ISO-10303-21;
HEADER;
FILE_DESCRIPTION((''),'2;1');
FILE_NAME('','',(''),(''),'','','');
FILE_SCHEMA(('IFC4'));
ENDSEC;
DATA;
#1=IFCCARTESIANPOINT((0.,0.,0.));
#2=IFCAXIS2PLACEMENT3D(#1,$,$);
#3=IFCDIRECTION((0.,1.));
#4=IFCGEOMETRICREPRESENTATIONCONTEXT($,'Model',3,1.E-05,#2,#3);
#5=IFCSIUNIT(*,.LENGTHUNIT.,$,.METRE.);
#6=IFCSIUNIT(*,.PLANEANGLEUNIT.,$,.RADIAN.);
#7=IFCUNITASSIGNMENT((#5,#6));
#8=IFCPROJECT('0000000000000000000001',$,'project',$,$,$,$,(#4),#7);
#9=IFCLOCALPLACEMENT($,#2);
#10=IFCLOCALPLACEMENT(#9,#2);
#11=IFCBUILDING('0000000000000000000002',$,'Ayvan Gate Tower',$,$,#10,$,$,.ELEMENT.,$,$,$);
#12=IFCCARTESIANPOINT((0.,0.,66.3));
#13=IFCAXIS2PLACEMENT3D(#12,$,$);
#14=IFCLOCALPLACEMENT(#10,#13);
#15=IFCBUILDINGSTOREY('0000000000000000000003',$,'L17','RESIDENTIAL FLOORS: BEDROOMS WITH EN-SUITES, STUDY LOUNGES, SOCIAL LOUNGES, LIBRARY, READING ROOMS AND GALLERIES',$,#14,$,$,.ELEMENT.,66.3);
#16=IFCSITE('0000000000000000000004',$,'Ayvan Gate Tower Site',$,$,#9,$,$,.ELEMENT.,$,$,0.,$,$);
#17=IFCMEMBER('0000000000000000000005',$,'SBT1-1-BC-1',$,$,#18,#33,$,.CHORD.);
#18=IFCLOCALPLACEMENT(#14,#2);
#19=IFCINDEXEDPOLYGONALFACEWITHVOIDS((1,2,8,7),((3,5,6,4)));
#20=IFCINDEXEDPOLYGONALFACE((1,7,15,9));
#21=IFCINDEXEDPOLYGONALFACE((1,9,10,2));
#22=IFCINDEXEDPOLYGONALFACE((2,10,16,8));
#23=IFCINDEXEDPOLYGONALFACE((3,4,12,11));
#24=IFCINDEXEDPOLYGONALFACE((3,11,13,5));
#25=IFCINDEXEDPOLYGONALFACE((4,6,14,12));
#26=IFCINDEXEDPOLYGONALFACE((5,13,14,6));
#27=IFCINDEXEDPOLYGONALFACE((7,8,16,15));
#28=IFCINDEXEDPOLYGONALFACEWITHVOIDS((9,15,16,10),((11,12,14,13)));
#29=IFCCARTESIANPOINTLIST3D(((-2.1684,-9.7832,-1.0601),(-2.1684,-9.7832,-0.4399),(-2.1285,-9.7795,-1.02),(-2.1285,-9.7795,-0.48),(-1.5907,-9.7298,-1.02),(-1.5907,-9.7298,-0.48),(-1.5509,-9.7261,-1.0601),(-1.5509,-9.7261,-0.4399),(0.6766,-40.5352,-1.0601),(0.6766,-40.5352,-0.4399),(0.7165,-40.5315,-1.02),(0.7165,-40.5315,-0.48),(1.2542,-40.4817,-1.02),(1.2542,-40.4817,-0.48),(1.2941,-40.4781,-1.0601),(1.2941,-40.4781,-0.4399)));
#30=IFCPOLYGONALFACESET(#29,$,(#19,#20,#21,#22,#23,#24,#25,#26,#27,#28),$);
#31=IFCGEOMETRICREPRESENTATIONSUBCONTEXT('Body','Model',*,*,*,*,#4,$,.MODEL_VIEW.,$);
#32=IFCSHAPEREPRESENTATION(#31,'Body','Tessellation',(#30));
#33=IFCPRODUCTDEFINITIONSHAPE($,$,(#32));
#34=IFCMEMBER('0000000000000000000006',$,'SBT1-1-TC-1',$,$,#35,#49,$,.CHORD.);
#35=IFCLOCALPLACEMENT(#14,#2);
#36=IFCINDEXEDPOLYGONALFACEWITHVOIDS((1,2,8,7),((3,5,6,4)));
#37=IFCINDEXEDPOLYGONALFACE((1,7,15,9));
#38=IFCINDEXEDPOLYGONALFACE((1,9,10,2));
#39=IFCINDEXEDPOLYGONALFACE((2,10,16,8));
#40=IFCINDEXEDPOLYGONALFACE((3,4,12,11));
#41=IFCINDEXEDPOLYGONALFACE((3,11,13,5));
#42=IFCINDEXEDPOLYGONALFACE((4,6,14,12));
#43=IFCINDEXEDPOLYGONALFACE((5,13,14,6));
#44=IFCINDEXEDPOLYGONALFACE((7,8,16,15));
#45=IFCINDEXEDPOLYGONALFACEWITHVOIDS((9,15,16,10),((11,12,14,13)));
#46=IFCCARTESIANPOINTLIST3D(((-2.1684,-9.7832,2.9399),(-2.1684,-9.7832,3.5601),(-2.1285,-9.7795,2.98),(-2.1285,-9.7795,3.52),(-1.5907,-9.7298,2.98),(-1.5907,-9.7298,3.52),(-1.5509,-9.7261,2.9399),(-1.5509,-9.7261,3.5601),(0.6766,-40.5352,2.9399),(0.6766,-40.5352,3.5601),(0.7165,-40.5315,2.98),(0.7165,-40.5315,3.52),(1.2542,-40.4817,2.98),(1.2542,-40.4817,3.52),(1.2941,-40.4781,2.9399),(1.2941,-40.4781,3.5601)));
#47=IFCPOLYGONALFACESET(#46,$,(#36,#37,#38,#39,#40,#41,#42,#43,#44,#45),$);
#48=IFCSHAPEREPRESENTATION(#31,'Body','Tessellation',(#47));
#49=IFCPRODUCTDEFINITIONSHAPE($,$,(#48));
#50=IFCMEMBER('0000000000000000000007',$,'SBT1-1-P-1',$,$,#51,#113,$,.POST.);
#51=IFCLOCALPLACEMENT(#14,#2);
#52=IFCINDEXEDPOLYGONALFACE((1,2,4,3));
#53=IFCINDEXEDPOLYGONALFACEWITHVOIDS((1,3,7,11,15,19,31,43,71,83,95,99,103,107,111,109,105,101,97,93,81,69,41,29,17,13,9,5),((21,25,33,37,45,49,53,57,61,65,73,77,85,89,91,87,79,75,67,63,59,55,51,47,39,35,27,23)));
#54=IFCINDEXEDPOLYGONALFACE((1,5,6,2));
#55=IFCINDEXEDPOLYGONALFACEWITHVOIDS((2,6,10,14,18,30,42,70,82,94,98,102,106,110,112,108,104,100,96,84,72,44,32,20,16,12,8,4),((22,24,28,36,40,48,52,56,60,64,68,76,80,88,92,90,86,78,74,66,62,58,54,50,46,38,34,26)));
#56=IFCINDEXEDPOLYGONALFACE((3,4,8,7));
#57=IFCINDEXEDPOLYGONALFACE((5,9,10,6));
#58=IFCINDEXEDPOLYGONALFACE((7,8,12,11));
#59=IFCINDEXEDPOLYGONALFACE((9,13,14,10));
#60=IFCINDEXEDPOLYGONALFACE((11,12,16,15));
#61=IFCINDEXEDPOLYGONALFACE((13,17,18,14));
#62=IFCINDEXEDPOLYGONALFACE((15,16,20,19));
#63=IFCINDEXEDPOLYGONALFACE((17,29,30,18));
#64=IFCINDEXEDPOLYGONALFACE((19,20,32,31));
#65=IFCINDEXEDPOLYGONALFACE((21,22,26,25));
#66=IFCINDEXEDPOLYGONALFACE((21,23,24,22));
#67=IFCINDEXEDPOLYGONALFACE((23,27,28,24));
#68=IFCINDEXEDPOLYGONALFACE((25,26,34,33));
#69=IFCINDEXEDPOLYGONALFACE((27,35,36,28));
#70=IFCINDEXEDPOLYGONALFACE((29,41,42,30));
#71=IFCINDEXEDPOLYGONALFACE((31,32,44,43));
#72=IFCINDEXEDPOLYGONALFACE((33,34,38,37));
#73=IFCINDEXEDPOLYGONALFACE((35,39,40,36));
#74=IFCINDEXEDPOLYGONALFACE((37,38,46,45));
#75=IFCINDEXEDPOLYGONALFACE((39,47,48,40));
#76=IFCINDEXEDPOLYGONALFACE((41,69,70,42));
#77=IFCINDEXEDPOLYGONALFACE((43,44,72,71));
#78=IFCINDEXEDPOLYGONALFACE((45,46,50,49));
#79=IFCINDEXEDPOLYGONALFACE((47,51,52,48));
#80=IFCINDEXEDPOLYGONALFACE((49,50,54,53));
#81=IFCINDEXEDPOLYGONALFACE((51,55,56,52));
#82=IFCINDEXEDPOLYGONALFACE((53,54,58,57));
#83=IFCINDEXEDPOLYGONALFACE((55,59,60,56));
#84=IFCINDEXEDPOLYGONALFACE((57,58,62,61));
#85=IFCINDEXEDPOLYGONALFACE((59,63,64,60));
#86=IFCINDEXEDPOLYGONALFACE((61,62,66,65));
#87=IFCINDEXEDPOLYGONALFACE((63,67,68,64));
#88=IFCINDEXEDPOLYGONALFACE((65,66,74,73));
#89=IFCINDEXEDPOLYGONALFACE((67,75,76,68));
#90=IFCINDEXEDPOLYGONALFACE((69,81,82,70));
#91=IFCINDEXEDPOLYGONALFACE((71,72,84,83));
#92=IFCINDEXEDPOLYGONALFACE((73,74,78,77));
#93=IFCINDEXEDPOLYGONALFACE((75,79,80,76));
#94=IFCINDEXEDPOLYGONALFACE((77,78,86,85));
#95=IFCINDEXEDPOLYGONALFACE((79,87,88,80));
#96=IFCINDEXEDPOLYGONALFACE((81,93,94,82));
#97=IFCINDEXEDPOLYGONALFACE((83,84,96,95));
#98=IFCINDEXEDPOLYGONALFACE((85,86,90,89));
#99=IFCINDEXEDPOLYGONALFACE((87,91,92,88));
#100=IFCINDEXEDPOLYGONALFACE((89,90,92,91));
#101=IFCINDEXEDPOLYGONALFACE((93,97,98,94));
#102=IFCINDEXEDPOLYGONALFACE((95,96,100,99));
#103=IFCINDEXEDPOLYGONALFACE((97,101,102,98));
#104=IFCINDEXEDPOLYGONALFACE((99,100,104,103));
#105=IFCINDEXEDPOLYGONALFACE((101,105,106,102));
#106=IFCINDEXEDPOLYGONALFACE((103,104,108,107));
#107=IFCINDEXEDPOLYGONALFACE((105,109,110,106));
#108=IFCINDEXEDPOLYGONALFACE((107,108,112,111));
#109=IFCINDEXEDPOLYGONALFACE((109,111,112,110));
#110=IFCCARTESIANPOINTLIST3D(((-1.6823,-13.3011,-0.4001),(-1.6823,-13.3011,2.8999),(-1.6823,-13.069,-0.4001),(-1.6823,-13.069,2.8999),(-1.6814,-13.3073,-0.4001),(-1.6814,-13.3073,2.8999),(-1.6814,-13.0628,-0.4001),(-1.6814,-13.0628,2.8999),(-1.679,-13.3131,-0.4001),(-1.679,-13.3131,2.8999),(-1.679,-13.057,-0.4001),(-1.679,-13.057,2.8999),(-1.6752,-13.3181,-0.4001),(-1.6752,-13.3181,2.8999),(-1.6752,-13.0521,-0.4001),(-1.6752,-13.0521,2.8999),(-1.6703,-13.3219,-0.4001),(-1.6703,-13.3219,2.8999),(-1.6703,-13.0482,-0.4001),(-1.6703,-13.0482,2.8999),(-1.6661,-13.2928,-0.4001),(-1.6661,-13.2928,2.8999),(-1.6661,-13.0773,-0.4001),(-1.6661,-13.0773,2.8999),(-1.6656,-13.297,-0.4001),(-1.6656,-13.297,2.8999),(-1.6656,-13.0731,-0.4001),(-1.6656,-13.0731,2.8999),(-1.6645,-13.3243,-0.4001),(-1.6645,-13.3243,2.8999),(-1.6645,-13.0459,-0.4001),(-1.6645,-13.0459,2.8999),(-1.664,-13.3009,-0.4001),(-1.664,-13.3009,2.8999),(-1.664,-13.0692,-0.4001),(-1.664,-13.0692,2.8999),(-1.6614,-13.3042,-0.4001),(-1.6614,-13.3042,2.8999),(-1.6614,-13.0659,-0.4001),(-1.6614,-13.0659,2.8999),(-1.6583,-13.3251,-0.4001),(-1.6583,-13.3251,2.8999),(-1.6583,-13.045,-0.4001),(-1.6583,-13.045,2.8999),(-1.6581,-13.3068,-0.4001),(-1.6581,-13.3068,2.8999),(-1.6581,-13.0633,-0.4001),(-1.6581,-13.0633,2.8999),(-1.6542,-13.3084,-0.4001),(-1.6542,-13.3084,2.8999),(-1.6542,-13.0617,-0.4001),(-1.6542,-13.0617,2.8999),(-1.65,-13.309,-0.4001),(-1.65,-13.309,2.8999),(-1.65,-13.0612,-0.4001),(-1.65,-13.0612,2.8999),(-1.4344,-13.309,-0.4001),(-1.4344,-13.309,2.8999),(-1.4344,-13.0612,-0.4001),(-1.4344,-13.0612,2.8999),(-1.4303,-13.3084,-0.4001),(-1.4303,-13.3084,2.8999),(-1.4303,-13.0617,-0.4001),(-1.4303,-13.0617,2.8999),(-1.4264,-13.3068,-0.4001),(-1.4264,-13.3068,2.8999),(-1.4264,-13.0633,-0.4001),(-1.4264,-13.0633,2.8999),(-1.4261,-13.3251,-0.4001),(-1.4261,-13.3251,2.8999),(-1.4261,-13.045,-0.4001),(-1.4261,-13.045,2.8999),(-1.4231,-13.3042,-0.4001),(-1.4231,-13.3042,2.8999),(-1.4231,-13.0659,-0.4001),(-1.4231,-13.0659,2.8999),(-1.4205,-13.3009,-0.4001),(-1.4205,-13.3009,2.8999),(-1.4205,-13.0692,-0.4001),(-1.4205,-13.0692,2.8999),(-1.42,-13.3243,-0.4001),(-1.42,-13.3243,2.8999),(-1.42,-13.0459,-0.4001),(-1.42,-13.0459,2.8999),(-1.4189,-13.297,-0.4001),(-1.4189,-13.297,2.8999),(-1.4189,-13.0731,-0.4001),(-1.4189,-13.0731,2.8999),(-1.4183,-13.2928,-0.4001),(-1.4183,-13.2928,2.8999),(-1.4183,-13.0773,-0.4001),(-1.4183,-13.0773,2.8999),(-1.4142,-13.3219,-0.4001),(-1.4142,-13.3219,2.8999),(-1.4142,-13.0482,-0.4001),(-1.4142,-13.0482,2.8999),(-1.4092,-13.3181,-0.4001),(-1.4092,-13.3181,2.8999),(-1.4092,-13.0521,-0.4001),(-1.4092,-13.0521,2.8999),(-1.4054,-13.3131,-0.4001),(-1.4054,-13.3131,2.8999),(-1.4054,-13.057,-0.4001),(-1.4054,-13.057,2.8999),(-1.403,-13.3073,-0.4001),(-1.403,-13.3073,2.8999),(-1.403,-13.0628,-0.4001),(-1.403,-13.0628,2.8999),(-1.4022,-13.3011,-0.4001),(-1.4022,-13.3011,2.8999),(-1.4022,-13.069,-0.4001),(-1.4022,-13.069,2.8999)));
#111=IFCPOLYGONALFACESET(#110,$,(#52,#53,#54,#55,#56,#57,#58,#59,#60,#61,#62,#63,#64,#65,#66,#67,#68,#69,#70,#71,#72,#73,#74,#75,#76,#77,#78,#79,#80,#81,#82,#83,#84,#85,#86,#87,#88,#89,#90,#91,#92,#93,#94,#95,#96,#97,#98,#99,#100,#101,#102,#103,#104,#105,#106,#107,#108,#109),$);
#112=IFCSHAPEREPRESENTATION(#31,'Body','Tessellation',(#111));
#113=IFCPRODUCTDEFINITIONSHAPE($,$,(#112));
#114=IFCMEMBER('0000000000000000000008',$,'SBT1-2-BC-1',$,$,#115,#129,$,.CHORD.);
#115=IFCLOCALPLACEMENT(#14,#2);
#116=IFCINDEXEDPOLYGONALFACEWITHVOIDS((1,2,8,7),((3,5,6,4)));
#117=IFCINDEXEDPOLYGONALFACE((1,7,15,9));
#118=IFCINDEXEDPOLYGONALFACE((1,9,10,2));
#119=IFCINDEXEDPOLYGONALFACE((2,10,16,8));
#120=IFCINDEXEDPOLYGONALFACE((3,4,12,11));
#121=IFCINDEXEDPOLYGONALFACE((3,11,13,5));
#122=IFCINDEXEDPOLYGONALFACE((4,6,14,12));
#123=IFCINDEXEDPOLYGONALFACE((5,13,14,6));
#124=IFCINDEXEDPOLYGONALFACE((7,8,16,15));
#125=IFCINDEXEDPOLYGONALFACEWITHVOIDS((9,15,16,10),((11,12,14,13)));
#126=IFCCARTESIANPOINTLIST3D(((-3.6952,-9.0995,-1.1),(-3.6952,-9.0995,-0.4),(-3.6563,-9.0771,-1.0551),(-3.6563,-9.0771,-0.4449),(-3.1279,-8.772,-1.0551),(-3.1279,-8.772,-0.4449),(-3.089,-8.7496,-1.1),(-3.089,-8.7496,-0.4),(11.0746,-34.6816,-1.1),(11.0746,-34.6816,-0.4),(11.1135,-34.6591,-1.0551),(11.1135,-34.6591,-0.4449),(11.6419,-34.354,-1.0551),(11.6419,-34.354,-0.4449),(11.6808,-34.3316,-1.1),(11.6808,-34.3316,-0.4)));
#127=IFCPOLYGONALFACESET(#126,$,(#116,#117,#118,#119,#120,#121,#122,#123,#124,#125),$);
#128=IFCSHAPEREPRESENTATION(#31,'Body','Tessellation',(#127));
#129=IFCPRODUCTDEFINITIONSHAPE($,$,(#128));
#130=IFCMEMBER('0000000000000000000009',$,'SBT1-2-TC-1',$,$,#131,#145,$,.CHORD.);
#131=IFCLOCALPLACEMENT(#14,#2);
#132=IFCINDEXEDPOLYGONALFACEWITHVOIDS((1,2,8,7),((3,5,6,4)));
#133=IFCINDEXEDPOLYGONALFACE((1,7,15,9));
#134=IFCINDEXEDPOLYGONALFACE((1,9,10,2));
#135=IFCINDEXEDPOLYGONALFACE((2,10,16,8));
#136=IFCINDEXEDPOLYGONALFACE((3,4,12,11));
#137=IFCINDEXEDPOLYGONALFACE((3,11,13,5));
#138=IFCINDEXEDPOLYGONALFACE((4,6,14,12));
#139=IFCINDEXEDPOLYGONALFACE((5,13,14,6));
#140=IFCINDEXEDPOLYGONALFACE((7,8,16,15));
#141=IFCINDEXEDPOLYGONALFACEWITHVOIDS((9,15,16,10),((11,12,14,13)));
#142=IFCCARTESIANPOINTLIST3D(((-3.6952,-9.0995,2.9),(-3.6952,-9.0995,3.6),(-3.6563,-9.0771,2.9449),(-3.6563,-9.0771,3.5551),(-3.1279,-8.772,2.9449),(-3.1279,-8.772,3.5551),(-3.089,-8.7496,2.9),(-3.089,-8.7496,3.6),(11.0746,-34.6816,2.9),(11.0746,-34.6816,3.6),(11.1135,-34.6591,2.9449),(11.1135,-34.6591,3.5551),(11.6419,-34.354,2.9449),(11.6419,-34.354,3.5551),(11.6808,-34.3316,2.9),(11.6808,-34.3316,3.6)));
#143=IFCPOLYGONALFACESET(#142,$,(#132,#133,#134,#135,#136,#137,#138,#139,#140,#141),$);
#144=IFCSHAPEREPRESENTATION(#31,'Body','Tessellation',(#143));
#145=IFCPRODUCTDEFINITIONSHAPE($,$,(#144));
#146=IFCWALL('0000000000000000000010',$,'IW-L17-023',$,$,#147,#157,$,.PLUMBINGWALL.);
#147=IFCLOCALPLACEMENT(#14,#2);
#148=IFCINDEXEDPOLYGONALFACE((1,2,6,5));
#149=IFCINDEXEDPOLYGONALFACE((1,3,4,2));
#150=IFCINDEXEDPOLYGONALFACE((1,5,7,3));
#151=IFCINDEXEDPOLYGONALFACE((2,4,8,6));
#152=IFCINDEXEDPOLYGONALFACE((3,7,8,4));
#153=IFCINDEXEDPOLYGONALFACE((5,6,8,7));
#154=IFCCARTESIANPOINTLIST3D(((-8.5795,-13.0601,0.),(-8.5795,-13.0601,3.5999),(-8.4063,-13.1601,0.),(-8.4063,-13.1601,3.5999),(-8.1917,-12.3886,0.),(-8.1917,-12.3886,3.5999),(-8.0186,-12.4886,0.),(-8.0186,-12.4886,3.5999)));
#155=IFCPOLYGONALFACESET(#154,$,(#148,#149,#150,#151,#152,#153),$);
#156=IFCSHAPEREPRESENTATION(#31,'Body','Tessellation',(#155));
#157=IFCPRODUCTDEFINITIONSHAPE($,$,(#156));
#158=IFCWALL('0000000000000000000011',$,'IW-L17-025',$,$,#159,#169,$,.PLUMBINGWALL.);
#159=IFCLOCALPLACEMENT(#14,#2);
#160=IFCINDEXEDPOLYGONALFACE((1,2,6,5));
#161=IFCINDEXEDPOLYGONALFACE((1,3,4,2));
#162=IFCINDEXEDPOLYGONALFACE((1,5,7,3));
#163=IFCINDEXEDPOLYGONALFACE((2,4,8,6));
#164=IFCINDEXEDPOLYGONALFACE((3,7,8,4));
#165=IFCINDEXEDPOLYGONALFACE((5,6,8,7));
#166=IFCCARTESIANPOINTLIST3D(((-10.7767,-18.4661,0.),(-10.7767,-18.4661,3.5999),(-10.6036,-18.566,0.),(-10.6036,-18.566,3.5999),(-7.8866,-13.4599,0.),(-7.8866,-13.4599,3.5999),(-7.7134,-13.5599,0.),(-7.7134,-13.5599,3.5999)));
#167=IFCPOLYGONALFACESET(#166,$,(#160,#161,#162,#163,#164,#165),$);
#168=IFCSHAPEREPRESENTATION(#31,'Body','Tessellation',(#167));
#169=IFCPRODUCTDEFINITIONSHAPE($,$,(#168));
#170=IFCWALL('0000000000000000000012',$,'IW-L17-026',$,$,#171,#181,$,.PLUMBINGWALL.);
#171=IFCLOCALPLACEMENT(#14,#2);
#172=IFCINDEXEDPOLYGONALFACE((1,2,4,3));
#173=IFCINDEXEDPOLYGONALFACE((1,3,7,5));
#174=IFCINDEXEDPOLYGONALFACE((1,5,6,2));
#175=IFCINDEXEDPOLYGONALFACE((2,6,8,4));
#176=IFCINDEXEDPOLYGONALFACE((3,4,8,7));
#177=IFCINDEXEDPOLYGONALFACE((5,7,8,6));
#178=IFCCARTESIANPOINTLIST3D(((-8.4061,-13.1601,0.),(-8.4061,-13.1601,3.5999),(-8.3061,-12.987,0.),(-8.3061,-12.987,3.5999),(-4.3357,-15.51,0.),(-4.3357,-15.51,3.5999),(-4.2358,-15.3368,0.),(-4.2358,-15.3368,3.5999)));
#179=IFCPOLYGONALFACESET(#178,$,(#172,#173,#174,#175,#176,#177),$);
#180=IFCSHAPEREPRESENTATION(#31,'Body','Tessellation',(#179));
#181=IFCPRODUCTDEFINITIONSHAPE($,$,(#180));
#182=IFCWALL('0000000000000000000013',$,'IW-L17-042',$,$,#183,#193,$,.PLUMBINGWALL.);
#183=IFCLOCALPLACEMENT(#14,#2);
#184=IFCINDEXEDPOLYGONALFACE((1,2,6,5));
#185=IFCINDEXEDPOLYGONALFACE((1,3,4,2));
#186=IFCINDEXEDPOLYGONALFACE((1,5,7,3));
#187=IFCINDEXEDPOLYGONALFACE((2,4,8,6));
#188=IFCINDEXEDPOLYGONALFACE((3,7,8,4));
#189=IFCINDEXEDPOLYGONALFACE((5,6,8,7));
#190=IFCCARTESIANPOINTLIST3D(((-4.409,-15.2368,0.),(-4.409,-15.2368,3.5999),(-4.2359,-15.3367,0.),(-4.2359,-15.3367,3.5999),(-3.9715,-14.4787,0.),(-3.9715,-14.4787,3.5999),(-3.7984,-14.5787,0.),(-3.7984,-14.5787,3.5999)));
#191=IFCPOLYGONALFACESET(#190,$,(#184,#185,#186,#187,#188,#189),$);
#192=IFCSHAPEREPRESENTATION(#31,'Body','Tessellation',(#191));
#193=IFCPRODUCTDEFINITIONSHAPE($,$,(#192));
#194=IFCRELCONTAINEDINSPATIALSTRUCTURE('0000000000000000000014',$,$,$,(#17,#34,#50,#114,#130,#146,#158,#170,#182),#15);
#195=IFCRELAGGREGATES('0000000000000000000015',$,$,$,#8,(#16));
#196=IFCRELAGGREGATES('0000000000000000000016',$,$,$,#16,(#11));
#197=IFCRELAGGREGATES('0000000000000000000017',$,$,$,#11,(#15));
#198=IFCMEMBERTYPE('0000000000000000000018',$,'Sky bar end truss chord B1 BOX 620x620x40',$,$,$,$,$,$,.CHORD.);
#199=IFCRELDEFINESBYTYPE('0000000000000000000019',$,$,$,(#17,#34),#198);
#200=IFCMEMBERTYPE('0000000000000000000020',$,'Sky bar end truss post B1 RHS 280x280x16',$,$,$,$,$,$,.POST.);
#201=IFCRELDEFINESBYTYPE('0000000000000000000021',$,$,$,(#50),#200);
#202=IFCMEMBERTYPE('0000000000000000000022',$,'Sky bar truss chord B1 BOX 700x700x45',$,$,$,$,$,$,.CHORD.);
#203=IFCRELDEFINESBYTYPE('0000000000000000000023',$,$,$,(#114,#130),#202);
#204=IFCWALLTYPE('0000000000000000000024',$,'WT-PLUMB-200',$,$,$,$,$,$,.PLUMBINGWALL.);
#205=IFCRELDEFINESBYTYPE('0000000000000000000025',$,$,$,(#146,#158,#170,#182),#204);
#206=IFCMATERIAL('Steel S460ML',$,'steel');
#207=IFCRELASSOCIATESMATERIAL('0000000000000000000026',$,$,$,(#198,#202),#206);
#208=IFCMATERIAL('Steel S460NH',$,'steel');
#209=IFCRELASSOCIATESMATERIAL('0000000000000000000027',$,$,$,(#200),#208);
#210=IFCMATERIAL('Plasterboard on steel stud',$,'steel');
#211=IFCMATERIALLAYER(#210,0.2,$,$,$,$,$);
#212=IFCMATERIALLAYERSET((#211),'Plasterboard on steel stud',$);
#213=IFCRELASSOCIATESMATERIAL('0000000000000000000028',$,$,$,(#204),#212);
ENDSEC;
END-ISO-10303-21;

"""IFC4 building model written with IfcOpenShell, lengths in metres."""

from ifc_helpers import new_model, si_unit, direction, frame, frame_2d, origin, origin_2d, place, context, subcontext, project, spatial, rectangle, hollow_rectangle, extrude, material, layer, layer_set, material_profile, profile_set, type_object, element, save


model = new_model("IFC4")

# Units and contexts
model_context = context("Model", 3, precision=1e-05, world=origin(), true_north=direction((0.0, 1.0)))
body_context = subcontext(model_context, "Body", "Model", "MODEL_VIEW")
ifc_project = project(units=[si_unit("LENGTHUNIT", "METRE"), si_unit("PLANEANGLEUNIT", "RADIAN")], contexts=[model_context])

# Site, building, storey
site_placement = place(None, origin())
site = spatial("IfcSite", under=ifc_project, at=site_placement, Name="Ayvan Gate Tower Site", CompositionType="ELEMENT", RefElevation=0.0)
building_placement = place(site_placement, origin())
building = spatial("IfcBuilding", under=site, at=building_placement, Name="Ayvan Gate Tower", CompositionType="ELEMENT")
storey_placement = place(building_placement, frame((0.0, 0.0, 66.3)))
storey = spatial("IfcBuildingStorey", under=building, at=storey_placement, Name="L17", Description="RESIDENTIAL FLOORS: BEDROOMS WITH EN-SUITES, STUDY LOUNGES, SOCIAL LOUNGES, LIBRARY, READING ROOMS AND GALLERIES", CompositionType="ELEMENT", Elevation=66.3)

# Members
ifc_material_1 = material(Name="Steel S460ML", Category="steel")
ifc_material_profile_1 = material_profile(ifc_material_1, hollow_rectangle(XDim=0.6201, YDim=0.6201, WallThickness=0.04, at=origin_2d()), Name="BOX 620x620x40")
ifc_profile_set_1 = profile_set([ifc_material_profile_1], Name="Steel S460ML")
member_type_1 = type_object("IfcMemberType", Name="Sky bar end truss chord B1 BOX 620x620x40", PredefinedType="CHORD", material=ifc_profile_set_1)
for number, where, z_axis, x_axis, name in (
    (1, (-1.8596, -9.7546, -0.75), (0.09212, -0.995748, 0.0), (0.995748, 0.09212, 0.0), "SBT1-1-BC-1"),
    (2, (-1.8596, -9.7546, 3.25), (0.09212, -0.995748, 0.0), (0.995748, 0.09212, 0.0), "SBT1-1-TC-1"),
):
    element("IfcMember", number, at=place(storey_placement, frame(where, z_axis=z_axis, x_axis=x_axis)), inside=storey, type_object=member_type_1, Name=name, PredefinedType="CHORD", context=body_context, shape_type="SweptSolid", body=[
        extrude(hollow_rectangle(XDim=0.6201, YDim=0.6201, WallThickness=0.04, at=origin_2d()), origin(), (0.0, 0.0, 1.0), 30.8833),
    ])
ifc_material_2 = material(Name="Steel S460NH", Category="steel")
ifc_material_profile_2 = material_profile(ifc_material_2, hollow_rectangle(XDim=0.28, YDim=0.28, WallThickness=0.0161, InnerFilletRadius=0.0161, OuterFilletRadius=0.0239, at=origin_2d()), Name="RHS 280x280x16")
ifc_profile_set_2 = profile_set([ifc_material_profile_2], Name="Steel S460NH")
member_type_2 = type_object("IfcMemberType", Name="Sky bar end truss post B1 RHS 280x280x16", PredefinedType="POST", material=ifc_profile_set_2)
member_placement = place(storey_placement, frame((-1.5422, -13.1851, -0.4001), z_axis=(0.0, 0.0, 1.0), x_axis=(1.0, 0.0, 0.0)))
element("IfcMember", 3, at=member_placement, inside=storey, type_object=member_type_2, Name="SBT1-1-P-1", PredefinedType="POST", context=body_context, shape_type="SweptSolid", body=[
    extrude(hollow_rectangle(XDim=0.28, YDim=0.28, WallThickness=0.0161, InnerFilletRadius=0.0161, OuterFilletRadius=0.0239, at=origin_2d()), origin(), (0.0, 0.0, 1.0), 3.3),
])
ifc_material_profile_3 = material_profile(ifc_material_1, hollow_rectangle(XDim=0.7, YDim=0.7, WallThickness=0.0449, at=origin_2d()), Name="BOX 700x700x45")
ifc_profile_set_3 = profile_set([ifc_material_profile_3], Name="Steel S460ML")
member_type_3 = type_object("IfcMemberType", Name="Sky bar truss chord B1 BOX 700x700x45", PredefinedType="CHORD", material=ifc_profile_set_3)
for number, where, z_axis, x_axis, name in (
    (4, (-3.3921, -8.9246, -0.75), (0.5, -0.866026, 0.0), (0.866026, 0.5, 0.0), "SBT1-2-BC-1"),
    (5, (-3.3921, -8.9246, 3.25), (0.5, -0.866026, 0.0), (0.866026, 0.5, 0.0), "SBT1-2-TC-1"),
):
    element("IfcMember", number, at=place(storey_placement, frame(where, z_axis=z_axis, x_axis=x_axis)), inside=storey, type_object=member_type_3, Name=name, PredefinedType="CHORD", context=body_context, shape_type="SweptSolid", body=[
        extrude(hollow_rectangle(XDim=0.7, YDim=0.7, WallThickness=0.0449, at=origin_2d()), origin(), (0.0, 0.0, 1.0), 29.5396),
    ])

# Walls
ifc_material_3 = material(Name="Plasterboard on steel stud", Category="steel")
ifc_layer_1 = layer(ifc_material_3, 0.2)
ifc_layer_set_1 = layer_set([ifc_layer_1], Name="Plasterboard on steel stud")
wall_type_1 = type_object("IfcWallType", Name="WT-PLUMB-200", PredefinedType="PLUMBINGWALL", material=ifc_layer_set_1)
wall_1_placement = place(storey_placement, frame((-8.4929, -13.1101, 0.0), z_axis=(0.0, 0.0, 1.0), x_axis=(0.500068, 0.865986, 0.0)))
element("IfcWall", 6, at=wall_1_placement, inside=storey, type_object=wall_type_1, Name="IW-L17-023", PredefinedType="PLUMBINGWALL", context=body_context, shape_type="SweptSolid", body=[
    extrude(rectangle(XDim=0.7754, YDim=0.2, at=frame_2d((0.3877, 0.0))), origin(), (0.0, 0.0, 1.0), 3.5999),
])
wall_2_placement = place(storey_placement, frame((-7.8, -13.51, 0.0), z_axis=(0.0, 0.0, 1.0), x_axis=(-0.499982, -0.866036, 0.0)))
element("IfcWall", 7, at=wall_2_placement, inside=storey, type_object=wall_type_1, Name="IW-L17-025", PredefinedType="PLUMBINGWALL", context=body_context, shape_type="SweptSolid", body=[
    extrude(rectangle(XDim=5.7805, YDim=0.2, at=frame_2d((2.8901, 0.0))), origin(), (0.0, 0.0, 1.0), 3.5999),
])
wall_3_placement = place(storey_placement, frame((-8.3562, -13.0735, 0.0), z_axis=(0.0, 0.0, 1.0), x_axis=(0.866039, -0.499977, 0.0)))
element("IfcWall", 8, at=wall_3_placement, inside=storey, type_object=wall_type_1, Name="IW-L17-026", PredefinedType="PLUMBINGWALL", context=body_context, shape_type="SweptSolid", body=[
    extrude(rectangle(XDim=4.7, YDim=0.2, at=frame_2d((2.3501, 0.0))), origin(), (0.0, 0.0, 1.0), 3.5999),
])
wall_4_placement = place(storey_placement, frame((-3.885, -14.5288, 0.0), z_axis=(0.0, 0.0, 1.0), x_axis=(-0.499859, -0.866107, 0.0)))
element("IfcWall", 9, at=wall_4_placement, inside=storey, type_object=wall_type_1, Name="IW-L17-042", PredefinedType="PLUMBINGWALL", context=body_context, shape_type="SweptSolid", body=[
    extrude(rectangle(XDim=0.8752, YDim=0.2, at=frame_2d((0.4375, 0.0))), origin(), (0.0, 0.0, 1.0), 3.5999),
])

save(model, "model.ifc")
